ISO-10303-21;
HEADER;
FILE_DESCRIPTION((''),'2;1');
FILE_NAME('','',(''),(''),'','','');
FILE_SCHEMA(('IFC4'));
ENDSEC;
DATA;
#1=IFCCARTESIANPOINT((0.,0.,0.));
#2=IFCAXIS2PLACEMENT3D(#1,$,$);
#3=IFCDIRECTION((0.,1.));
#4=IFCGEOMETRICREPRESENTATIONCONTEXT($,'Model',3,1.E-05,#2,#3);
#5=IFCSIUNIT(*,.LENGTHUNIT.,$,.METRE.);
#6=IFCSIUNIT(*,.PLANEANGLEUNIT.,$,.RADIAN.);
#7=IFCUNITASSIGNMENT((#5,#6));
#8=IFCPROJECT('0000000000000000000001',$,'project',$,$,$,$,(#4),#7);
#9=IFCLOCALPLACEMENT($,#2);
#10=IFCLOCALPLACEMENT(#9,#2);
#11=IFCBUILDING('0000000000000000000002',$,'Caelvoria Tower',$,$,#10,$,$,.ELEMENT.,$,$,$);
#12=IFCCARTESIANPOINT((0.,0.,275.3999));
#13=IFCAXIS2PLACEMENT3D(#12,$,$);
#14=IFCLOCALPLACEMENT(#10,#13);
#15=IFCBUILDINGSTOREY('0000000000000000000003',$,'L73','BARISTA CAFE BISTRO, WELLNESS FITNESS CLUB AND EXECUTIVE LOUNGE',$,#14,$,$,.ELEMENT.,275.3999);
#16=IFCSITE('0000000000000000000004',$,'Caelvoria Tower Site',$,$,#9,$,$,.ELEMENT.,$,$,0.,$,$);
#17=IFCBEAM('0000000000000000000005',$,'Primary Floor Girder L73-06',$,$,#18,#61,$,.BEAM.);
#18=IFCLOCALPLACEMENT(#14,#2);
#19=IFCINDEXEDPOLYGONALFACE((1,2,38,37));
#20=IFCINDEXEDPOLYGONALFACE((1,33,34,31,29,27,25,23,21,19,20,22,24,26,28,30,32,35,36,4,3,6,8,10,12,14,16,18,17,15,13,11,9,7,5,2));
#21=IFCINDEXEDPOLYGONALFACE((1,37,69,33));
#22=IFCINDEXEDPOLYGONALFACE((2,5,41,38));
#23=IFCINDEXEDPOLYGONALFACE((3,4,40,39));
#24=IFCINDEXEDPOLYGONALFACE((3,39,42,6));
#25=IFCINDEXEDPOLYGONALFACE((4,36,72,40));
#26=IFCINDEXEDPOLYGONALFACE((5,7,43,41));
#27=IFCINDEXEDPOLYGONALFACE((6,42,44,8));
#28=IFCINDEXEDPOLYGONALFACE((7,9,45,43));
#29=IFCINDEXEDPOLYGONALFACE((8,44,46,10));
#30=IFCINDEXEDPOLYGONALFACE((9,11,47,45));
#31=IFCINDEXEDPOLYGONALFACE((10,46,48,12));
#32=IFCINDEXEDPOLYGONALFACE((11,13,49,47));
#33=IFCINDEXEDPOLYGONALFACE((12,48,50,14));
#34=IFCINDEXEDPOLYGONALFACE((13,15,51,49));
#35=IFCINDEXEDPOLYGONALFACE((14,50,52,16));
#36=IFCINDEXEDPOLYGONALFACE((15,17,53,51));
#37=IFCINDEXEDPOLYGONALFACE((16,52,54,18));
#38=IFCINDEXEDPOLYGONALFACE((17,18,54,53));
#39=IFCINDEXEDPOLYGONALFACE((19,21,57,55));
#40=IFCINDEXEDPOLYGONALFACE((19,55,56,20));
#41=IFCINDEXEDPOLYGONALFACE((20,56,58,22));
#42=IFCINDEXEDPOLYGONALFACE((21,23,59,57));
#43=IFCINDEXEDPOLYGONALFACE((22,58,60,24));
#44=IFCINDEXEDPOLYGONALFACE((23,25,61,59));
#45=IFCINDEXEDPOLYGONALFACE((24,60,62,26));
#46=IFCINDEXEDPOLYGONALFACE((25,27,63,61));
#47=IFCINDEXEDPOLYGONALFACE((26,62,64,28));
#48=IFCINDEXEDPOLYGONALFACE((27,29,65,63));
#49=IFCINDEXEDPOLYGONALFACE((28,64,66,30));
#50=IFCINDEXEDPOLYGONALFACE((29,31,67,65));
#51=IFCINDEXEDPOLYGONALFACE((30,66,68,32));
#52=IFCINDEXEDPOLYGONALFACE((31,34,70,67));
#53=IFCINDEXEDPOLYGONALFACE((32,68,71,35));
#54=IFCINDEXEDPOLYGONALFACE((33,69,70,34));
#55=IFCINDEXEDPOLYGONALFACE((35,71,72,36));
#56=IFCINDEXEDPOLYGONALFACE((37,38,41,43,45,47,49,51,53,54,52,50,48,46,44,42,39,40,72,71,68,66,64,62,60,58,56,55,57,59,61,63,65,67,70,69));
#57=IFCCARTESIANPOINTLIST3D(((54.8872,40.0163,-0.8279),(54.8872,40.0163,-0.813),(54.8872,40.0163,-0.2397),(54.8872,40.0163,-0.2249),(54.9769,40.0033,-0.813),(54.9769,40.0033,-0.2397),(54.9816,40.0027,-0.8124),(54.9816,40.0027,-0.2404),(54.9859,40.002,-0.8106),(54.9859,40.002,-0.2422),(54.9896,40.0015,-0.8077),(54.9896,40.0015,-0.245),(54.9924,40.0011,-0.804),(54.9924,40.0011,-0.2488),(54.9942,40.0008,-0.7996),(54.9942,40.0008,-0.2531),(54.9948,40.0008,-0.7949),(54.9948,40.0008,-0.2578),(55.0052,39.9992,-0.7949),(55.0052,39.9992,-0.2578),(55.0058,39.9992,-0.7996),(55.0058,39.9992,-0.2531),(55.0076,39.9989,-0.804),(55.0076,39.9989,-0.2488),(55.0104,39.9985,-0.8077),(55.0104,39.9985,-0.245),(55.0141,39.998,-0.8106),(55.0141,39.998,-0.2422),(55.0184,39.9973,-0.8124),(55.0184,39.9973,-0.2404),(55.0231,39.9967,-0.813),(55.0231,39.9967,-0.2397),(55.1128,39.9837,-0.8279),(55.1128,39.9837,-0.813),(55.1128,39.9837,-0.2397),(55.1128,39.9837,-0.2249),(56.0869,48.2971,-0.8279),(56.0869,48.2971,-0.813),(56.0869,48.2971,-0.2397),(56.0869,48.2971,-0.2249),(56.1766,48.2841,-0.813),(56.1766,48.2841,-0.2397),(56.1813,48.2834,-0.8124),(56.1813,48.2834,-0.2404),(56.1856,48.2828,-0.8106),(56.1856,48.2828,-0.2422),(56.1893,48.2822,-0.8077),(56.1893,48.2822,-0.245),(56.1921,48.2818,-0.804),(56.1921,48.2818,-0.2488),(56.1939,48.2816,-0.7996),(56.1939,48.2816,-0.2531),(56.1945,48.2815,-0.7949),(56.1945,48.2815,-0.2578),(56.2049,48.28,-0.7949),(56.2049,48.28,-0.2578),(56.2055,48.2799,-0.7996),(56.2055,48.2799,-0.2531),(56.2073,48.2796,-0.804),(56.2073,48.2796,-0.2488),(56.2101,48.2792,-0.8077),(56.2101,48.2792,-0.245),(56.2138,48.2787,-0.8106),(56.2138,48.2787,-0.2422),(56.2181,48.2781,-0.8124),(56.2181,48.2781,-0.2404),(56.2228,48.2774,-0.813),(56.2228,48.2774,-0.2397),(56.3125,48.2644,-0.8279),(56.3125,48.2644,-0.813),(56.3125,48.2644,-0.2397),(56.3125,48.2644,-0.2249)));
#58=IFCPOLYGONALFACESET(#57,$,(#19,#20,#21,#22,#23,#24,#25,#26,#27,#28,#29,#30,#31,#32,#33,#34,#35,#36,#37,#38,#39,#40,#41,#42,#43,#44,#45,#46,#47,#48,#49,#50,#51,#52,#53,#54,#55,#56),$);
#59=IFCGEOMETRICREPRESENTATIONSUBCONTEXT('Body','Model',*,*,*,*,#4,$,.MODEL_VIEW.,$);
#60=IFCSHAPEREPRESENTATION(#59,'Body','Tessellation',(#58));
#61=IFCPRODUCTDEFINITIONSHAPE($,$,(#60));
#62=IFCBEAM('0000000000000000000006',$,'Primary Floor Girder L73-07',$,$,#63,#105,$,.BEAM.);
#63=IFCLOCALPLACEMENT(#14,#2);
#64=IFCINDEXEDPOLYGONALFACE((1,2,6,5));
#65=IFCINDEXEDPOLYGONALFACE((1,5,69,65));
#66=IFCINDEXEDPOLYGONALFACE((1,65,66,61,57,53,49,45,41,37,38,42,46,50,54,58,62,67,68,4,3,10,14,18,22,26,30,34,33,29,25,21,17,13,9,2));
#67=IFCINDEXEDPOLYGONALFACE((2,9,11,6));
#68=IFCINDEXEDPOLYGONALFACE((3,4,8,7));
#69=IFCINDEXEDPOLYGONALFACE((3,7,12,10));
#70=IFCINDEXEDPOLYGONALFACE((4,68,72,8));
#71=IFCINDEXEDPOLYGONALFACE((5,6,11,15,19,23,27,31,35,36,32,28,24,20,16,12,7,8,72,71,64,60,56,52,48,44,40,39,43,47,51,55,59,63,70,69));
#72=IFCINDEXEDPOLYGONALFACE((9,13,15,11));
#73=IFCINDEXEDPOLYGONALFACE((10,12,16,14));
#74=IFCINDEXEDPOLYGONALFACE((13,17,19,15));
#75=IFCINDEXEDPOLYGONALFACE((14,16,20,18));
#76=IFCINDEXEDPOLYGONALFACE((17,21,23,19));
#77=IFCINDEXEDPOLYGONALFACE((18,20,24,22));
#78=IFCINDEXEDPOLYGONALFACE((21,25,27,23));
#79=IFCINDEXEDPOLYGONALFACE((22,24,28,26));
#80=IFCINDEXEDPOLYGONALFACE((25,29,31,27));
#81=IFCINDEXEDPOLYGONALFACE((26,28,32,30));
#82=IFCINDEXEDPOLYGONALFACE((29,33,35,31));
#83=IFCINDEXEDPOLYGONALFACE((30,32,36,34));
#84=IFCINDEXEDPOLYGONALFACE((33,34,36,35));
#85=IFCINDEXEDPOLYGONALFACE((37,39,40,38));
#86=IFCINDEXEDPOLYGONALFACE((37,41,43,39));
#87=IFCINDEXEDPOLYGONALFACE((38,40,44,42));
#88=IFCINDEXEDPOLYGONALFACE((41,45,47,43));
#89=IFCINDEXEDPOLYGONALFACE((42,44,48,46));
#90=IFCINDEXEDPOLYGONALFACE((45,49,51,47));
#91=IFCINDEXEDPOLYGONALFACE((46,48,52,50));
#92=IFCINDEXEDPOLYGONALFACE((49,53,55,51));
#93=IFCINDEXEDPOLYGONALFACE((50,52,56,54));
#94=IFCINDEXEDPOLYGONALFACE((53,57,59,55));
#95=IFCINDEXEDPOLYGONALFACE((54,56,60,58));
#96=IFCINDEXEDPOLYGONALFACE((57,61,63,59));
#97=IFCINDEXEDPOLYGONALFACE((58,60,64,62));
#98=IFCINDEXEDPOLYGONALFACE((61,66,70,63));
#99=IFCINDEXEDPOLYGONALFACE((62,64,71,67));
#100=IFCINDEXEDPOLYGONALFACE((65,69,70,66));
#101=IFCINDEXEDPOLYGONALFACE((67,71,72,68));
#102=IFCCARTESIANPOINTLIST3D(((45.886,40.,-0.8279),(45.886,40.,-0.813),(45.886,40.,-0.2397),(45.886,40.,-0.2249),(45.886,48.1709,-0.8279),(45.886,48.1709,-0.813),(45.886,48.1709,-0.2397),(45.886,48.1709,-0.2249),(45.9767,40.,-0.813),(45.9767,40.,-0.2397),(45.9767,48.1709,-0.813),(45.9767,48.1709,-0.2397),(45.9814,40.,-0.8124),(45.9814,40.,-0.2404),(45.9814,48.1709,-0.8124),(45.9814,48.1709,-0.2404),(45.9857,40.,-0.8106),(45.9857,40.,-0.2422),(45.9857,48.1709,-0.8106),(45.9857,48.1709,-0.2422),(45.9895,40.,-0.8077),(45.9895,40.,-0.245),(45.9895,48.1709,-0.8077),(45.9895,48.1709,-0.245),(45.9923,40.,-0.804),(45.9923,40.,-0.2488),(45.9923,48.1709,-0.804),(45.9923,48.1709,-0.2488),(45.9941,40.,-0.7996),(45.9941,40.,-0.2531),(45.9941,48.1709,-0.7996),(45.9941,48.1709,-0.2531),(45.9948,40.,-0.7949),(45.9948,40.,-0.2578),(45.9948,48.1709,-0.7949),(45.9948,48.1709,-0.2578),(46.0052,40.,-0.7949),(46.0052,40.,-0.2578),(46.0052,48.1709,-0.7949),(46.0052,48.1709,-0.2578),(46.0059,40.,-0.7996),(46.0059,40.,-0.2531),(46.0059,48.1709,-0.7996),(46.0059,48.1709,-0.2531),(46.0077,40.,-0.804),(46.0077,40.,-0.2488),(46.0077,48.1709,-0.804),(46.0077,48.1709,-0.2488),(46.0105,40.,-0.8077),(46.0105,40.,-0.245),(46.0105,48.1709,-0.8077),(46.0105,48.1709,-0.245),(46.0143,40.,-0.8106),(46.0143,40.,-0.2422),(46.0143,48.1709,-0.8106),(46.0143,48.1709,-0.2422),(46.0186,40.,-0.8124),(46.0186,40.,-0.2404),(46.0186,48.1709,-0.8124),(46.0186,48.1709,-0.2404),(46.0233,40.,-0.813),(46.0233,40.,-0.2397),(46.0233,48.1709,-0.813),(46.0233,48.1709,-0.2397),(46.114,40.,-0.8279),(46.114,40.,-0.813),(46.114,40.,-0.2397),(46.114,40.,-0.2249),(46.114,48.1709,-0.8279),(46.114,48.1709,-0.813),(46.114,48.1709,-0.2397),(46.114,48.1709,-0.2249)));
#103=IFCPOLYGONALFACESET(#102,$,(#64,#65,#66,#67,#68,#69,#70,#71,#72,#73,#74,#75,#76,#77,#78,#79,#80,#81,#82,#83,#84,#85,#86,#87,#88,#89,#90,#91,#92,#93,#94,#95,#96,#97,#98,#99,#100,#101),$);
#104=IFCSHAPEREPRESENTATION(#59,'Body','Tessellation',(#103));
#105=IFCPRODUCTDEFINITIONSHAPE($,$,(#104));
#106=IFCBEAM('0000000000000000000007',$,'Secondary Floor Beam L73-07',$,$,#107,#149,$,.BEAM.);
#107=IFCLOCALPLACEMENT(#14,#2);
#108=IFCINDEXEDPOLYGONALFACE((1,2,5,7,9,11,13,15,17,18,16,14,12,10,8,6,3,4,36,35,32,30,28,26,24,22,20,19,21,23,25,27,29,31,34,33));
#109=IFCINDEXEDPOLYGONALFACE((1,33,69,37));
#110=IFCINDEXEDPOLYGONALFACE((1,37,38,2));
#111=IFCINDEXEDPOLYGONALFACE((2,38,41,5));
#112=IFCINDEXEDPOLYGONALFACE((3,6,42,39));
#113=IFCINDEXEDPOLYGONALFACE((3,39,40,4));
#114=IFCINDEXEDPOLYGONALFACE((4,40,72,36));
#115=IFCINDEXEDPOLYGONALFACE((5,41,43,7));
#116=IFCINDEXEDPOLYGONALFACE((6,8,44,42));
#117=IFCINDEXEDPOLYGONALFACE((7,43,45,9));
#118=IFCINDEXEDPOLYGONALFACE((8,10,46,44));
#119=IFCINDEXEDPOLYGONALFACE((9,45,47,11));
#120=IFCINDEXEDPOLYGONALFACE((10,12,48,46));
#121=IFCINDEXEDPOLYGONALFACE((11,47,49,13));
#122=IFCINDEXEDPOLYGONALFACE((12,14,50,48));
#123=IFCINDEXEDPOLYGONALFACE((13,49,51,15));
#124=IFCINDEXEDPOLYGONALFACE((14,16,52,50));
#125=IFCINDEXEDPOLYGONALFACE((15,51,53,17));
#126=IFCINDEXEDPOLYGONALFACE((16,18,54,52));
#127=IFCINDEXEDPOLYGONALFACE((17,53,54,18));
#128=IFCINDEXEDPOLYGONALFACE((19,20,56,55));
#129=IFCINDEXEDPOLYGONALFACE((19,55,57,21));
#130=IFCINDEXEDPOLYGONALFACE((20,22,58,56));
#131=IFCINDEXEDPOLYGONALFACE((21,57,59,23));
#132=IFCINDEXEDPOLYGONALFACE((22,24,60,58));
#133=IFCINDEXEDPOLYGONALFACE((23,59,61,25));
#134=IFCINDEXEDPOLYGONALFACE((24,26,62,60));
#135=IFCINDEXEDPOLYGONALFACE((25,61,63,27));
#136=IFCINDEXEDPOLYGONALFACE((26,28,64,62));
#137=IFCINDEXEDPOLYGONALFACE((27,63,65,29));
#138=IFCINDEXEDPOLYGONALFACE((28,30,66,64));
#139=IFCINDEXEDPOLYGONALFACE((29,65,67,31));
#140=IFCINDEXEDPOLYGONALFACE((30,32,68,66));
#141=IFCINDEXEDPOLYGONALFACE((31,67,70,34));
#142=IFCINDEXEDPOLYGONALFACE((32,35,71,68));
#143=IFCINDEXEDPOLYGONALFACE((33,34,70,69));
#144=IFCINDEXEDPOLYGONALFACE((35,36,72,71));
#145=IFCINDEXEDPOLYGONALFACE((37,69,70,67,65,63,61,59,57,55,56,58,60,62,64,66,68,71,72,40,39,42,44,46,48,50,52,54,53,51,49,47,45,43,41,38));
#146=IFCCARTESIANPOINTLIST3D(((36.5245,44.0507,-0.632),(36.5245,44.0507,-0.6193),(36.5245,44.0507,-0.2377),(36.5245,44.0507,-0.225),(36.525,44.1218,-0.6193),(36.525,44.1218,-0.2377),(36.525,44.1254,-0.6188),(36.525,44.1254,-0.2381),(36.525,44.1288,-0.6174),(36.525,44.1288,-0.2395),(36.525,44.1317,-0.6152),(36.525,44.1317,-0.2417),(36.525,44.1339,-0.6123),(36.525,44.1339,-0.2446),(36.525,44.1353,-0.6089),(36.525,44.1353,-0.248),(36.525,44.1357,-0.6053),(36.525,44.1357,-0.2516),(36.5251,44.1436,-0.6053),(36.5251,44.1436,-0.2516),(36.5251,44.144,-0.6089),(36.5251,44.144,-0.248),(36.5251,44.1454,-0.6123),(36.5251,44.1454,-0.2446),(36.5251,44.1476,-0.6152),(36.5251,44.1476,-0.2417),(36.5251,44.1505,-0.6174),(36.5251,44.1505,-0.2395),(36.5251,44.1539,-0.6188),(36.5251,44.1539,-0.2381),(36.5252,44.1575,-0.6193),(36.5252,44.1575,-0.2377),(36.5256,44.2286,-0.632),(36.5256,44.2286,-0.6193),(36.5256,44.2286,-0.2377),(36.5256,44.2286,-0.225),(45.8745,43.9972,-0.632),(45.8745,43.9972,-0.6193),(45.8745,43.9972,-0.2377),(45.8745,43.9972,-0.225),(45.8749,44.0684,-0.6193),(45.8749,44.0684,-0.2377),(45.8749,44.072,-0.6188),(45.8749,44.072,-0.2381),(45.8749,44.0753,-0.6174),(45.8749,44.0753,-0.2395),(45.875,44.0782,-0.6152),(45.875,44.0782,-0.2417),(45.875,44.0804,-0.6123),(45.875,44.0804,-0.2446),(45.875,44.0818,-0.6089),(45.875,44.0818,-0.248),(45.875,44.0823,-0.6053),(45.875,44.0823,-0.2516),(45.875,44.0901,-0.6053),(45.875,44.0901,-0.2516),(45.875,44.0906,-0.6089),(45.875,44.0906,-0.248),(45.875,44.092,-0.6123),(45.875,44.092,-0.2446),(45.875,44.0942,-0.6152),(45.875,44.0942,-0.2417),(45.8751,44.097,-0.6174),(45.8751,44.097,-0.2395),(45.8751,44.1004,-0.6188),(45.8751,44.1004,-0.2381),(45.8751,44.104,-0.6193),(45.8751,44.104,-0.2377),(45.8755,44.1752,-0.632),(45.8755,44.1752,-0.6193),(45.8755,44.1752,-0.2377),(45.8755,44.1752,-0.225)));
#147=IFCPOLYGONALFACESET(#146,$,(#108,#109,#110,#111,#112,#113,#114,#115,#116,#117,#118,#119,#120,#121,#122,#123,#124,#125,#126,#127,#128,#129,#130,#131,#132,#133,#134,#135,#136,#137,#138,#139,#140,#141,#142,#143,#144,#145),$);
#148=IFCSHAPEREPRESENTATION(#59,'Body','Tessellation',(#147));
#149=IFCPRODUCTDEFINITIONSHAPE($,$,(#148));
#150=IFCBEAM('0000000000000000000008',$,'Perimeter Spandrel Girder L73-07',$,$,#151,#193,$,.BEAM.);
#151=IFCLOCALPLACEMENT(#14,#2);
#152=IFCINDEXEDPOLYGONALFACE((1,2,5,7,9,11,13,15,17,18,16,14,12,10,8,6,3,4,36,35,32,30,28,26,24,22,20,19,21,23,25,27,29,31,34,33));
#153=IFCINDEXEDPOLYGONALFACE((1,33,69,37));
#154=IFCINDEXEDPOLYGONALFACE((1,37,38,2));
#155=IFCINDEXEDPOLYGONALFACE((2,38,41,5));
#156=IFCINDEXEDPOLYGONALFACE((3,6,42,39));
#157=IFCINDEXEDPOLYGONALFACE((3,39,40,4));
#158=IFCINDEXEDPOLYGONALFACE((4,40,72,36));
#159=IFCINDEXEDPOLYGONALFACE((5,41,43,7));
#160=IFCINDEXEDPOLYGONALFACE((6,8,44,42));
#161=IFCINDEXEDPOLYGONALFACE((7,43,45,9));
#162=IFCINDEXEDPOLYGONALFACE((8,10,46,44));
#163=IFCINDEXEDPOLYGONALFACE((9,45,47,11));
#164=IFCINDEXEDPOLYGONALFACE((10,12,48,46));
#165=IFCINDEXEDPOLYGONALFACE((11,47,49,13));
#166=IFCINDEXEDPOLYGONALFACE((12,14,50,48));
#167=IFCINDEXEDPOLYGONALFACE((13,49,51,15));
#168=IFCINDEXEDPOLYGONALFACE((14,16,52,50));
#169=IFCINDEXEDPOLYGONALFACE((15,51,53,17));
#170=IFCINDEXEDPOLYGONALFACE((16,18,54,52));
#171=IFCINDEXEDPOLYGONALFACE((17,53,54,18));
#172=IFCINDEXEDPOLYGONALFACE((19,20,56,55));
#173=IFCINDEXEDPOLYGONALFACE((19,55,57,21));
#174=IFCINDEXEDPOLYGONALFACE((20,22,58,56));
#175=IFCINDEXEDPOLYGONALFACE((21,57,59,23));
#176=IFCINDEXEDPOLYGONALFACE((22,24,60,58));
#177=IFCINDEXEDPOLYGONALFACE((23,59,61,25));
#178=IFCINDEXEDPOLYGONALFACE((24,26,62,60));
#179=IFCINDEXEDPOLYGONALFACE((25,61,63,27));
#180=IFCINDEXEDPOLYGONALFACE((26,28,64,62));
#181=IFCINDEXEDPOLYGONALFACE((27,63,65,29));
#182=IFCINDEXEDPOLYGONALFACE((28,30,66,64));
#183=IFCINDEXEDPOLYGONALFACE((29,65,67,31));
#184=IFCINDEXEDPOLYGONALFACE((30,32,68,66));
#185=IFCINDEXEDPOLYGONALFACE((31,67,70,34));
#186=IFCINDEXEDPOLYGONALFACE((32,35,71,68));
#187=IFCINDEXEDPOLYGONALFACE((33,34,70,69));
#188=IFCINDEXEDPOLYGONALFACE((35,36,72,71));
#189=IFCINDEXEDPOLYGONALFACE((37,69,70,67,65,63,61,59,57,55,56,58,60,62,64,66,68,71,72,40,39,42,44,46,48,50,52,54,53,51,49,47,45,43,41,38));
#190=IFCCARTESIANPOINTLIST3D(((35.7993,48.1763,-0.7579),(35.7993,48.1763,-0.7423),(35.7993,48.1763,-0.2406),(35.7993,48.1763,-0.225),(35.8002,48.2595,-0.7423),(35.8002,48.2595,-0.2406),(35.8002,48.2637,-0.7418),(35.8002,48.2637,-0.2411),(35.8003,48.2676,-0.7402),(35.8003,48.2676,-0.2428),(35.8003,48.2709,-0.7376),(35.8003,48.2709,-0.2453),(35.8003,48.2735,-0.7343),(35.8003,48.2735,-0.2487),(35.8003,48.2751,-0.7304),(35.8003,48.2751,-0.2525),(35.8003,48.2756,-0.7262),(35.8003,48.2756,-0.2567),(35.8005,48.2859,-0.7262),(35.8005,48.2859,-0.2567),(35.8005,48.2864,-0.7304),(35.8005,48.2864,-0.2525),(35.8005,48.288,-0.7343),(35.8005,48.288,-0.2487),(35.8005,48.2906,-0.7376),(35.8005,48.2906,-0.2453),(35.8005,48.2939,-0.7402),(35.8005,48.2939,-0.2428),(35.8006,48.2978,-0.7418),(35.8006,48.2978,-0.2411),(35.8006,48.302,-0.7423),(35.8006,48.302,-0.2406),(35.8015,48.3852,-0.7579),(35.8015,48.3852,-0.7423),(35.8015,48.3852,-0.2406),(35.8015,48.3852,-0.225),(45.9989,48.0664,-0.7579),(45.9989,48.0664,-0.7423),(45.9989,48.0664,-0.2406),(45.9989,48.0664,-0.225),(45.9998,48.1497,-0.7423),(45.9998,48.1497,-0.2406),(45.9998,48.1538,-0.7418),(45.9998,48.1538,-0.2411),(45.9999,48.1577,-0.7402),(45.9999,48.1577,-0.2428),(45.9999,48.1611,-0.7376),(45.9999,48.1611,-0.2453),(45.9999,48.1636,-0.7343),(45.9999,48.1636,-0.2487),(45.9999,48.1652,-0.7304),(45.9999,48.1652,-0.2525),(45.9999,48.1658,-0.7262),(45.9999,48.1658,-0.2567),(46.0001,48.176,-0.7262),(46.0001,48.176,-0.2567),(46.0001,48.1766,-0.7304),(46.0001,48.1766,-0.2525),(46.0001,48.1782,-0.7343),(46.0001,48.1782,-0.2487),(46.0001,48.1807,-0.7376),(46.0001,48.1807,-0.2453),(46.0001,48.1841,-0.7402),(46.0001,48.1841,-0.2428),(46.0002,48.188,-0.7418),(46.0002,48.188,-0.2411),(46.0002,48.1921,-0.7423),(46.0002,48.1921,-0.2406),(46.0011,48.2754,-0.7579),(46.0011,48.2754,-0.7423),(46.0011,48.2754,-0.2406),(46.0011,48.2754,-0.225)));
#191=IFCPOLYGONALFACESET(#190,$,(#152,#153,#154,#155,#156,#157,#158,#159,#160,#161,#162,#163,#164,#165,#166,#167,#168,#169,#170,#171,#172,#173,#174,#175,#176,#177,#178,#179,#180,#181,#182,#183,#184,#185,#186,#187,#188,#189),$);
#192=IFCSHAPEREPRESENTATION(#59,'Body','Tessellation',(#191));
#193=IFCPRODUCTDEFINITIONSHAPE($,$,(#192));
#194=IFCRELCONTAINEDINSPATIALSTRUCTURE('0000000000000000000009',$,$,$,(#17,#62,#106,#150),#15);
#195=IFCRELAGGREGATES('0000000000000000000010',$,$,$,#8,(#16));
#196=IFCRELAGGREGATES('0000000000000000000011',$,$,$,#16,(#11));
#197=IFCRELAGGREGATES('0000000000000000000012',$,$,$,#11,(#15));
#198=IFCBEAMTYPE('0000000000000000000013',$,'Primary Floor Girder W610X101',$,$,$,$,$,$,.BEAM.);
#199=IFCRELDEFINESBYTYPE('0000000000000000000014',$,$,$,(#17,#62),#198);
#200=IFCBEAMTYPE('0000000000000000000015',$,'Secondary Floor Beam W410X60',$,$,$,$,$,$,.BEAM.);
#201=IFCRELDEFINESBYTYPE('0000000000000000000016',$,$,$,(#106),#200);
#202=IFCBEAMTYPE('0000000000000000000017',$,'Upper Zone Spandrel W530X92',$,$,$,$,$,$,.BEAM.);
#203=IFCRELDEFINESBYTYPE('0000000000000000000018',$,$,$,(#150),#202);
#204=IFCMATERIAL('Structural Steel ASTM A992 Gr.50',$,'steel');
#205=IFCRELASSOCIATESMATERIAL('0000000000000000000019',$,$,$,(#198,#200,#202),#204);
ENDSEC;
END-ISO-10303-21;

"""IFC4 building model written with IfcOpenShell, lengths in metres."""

from ifc_helpers import new_model, si_unit, direction, frame, origin, origin_2d, place, context, subcontext, project, spatial, i_section, extrude, material, material_profile, profile_set, type_object, element, save


model = new_model("IFC4")

# Units and contexts
model_context = context("Model", 3, precision=1e-05, world=origin(), true_north=direction((0.0, 1.0)))
body_context = subcontext(model_context, "Body", "Model", "MODEL_VIEW")
ifc_project = project(units=[si_unit("LENGTHUNIT", "METRE"), si_unit("PLANEANGLEUNIT", "RADIAN")], contexts=[model_context])

# Site, building, storey
site_placement = place(None, origin())
site = spatial("IfcSite", under=ifc_project, at=site_placement, Name="Caelvoria Tower Site", CompositionType="ELEMENT", RefElevation=0.0)
building_placement = place(site_placement, origin())
building = spatial("IfcBuilding", under=site, at=building_placement, Name="Caelvoria Tower", CompositionType="ELEMENT")
storey_placement = place(building_placement, frame((0.0, 0.0, 275.3999)))
storey = spatial("IfcBuildingStorey", under=building, at=storey_placement, Name="L73", Description="BARISTA CAFE BISTRO, WELLNESS FITNESS CLUB AND EXECUTIVE LOUNGE", CompositionType="ELEMENT", Elevation=275.3999)

# Shared definitions
ifc_material_1 = material(Name="Structural Steel ASTM A992 Gr.50", Category="steel")

# Beams
ifc_material_profile_1 = material_profile(ifc_material_1, i_section(OverallWidth=0.228, OverallDepth=0.603, WebThickness=0.0105, FlangeThickness=0.0149, FilletRadius=0.0181, at=origin_2d()), Name="Structural Steel ASTM A992 Gr.50")
ifc_profile_set_1 = profile_set([ifc_material_profile_1], Name="W610X101 - Structural Steel ASTM A992 Gr.50")
beam_type_1 = type_object("IfcBeamType", Name="Primary Floor Girder W610X101", PredefinedType="BEAM", material=ifc_profile_set_1)
beam_1_placement = place(storey_placement, frame((55.0, 40.0, -0.5264), z_axis=(0.143382, 0.989667, 0.0), x_axis=(-0.989667, 0.143382, 0.0)))
element("IfcBeam", 1, at=beam_1_placement, inside=storey, type_object=beam_type_1, Name="Primary Floor Girder L73-06", PredefinedType="BEAM", context=body_context, shape_type="SweptSolid", body=[
    extrude(i_section(OverallWidth=0.228, OverallDepth=0.603, WebThickness=0.0105, FlangeThickness=0.0149, FilletRadius=0.0181, at=origin_2d()), origin(), (0.0, 0.0, 1.0), 8.3672),
])
beam_2_placement = place(storey_placement, frame((46.0, 40.0, -0.5264), z_axis=(0.0, 1.0, 0.0), x_axis=(-1.0, 0.0, 0.0)))
element("IfcBeam", 2, at=beam_2_placement, inside=storey, type_object=beam_type_1, Name="Primary Floor Girder L73-07", PredefinedType="BEAM", context=body_context, shape_type="SweptSolid", body=[
    extrude(i_section(OverallWidth=0.228, OverallDepth=0.603, WebThickness=0.0105, FlangeThickness=0.0149, FilletRadius=0.0181, at=origin_2d()), origin(), (0.0, 0.0, 1.0), 8.1709),
])
ifc_material_profile_2 = material_profile(ifc_material_1, i_section(OverallWidth=0.178, OverallDepth=0.407, WebThickness=0.0078, FlangeThickness=0.0127, FilletRadius=0.0139, at=origin_2d()), Name="Structural Steel ASTM A992 Gr.50")
ifc_profile_set_2 = profile_set([ifc_material_profile_2], Name="W410X60 - Structural Steel ASTM A992 Gr.50")
beam_type_2 = type_object("IfcBeamType", Name="Secondary Floor Beam W410X60", PredefinedType="BEAM", material=ifc_profile_set_2)
beam_3_placement = place(storey_placement, frame((45.875, 44.0862, -0.4285), z_axis=(-0.999984, 0.005718, 0.0), x_axis=(-0.005718, -0.999984, 0.0)))
element("IfcBeam", 3, at=beam_3_placement, inside=storey, type_object=beam_type_2, Name="Secondary Floor Beam L73-07", PredefinedType="BEAM", context=body_context, shape_type="SweptSolid", body=[
    extrude(i_section(OverallWidth=0.178, OverallDepth=0.407, WebThickness=0.0078, FlangeThickness=0.0127, FilletRadius=0.0139, at=origin_2d()), origin(), (0.0, 0.0, 1.0), 9.3501),
])
ifc_material_profile_3 = material_profile(ifc_material_1, i_section(OverallWidth=0.209, OverallDepth=0.533, WebThickness=0.0103, FlangeThickness=0.0156, FilletRadius=0.0161, at=origin_2d()), Name="Structural Steel ASTM A992 Gr.50")
ifc_profile_set_3 = profile_set([ifc_material_profile_3], Name="W530X92 - Structural Steel ASTM A992 Gr.50")
beam_type_3 = type_object("IfcBeamType", Name="Upper Zone Spandrel W530X92", PredefinedType="BEAM", material=ifc_profile_set_3)
beam_4_placement = place(storey_placement, frame((46.0, 48.1709, -0.4915), z_axis=(-0.999942, 0.010771, 0.0), x_axis=(-0.010771, -0.999942, 0.0)))
element("IfcBeam", 4, at=beam_4_placement, inside=storey, type_object=beam_type_3, Name="Perimeter Spandrel Girder L73-07", PredefinedType="BEAM", context=body_context, shape_type="SweptSolid", body=[
    extrude(i_section(OverallWidth=0.209, OverallDepth=0.533, WebThickness=0.0103, FlangeThickness=0.0156, FilletRadius=0.0161, at=origin_2d()), origin(), (0.0, 0.0, 1.0), 10.2002),
])

save(model, "model.ifc")
